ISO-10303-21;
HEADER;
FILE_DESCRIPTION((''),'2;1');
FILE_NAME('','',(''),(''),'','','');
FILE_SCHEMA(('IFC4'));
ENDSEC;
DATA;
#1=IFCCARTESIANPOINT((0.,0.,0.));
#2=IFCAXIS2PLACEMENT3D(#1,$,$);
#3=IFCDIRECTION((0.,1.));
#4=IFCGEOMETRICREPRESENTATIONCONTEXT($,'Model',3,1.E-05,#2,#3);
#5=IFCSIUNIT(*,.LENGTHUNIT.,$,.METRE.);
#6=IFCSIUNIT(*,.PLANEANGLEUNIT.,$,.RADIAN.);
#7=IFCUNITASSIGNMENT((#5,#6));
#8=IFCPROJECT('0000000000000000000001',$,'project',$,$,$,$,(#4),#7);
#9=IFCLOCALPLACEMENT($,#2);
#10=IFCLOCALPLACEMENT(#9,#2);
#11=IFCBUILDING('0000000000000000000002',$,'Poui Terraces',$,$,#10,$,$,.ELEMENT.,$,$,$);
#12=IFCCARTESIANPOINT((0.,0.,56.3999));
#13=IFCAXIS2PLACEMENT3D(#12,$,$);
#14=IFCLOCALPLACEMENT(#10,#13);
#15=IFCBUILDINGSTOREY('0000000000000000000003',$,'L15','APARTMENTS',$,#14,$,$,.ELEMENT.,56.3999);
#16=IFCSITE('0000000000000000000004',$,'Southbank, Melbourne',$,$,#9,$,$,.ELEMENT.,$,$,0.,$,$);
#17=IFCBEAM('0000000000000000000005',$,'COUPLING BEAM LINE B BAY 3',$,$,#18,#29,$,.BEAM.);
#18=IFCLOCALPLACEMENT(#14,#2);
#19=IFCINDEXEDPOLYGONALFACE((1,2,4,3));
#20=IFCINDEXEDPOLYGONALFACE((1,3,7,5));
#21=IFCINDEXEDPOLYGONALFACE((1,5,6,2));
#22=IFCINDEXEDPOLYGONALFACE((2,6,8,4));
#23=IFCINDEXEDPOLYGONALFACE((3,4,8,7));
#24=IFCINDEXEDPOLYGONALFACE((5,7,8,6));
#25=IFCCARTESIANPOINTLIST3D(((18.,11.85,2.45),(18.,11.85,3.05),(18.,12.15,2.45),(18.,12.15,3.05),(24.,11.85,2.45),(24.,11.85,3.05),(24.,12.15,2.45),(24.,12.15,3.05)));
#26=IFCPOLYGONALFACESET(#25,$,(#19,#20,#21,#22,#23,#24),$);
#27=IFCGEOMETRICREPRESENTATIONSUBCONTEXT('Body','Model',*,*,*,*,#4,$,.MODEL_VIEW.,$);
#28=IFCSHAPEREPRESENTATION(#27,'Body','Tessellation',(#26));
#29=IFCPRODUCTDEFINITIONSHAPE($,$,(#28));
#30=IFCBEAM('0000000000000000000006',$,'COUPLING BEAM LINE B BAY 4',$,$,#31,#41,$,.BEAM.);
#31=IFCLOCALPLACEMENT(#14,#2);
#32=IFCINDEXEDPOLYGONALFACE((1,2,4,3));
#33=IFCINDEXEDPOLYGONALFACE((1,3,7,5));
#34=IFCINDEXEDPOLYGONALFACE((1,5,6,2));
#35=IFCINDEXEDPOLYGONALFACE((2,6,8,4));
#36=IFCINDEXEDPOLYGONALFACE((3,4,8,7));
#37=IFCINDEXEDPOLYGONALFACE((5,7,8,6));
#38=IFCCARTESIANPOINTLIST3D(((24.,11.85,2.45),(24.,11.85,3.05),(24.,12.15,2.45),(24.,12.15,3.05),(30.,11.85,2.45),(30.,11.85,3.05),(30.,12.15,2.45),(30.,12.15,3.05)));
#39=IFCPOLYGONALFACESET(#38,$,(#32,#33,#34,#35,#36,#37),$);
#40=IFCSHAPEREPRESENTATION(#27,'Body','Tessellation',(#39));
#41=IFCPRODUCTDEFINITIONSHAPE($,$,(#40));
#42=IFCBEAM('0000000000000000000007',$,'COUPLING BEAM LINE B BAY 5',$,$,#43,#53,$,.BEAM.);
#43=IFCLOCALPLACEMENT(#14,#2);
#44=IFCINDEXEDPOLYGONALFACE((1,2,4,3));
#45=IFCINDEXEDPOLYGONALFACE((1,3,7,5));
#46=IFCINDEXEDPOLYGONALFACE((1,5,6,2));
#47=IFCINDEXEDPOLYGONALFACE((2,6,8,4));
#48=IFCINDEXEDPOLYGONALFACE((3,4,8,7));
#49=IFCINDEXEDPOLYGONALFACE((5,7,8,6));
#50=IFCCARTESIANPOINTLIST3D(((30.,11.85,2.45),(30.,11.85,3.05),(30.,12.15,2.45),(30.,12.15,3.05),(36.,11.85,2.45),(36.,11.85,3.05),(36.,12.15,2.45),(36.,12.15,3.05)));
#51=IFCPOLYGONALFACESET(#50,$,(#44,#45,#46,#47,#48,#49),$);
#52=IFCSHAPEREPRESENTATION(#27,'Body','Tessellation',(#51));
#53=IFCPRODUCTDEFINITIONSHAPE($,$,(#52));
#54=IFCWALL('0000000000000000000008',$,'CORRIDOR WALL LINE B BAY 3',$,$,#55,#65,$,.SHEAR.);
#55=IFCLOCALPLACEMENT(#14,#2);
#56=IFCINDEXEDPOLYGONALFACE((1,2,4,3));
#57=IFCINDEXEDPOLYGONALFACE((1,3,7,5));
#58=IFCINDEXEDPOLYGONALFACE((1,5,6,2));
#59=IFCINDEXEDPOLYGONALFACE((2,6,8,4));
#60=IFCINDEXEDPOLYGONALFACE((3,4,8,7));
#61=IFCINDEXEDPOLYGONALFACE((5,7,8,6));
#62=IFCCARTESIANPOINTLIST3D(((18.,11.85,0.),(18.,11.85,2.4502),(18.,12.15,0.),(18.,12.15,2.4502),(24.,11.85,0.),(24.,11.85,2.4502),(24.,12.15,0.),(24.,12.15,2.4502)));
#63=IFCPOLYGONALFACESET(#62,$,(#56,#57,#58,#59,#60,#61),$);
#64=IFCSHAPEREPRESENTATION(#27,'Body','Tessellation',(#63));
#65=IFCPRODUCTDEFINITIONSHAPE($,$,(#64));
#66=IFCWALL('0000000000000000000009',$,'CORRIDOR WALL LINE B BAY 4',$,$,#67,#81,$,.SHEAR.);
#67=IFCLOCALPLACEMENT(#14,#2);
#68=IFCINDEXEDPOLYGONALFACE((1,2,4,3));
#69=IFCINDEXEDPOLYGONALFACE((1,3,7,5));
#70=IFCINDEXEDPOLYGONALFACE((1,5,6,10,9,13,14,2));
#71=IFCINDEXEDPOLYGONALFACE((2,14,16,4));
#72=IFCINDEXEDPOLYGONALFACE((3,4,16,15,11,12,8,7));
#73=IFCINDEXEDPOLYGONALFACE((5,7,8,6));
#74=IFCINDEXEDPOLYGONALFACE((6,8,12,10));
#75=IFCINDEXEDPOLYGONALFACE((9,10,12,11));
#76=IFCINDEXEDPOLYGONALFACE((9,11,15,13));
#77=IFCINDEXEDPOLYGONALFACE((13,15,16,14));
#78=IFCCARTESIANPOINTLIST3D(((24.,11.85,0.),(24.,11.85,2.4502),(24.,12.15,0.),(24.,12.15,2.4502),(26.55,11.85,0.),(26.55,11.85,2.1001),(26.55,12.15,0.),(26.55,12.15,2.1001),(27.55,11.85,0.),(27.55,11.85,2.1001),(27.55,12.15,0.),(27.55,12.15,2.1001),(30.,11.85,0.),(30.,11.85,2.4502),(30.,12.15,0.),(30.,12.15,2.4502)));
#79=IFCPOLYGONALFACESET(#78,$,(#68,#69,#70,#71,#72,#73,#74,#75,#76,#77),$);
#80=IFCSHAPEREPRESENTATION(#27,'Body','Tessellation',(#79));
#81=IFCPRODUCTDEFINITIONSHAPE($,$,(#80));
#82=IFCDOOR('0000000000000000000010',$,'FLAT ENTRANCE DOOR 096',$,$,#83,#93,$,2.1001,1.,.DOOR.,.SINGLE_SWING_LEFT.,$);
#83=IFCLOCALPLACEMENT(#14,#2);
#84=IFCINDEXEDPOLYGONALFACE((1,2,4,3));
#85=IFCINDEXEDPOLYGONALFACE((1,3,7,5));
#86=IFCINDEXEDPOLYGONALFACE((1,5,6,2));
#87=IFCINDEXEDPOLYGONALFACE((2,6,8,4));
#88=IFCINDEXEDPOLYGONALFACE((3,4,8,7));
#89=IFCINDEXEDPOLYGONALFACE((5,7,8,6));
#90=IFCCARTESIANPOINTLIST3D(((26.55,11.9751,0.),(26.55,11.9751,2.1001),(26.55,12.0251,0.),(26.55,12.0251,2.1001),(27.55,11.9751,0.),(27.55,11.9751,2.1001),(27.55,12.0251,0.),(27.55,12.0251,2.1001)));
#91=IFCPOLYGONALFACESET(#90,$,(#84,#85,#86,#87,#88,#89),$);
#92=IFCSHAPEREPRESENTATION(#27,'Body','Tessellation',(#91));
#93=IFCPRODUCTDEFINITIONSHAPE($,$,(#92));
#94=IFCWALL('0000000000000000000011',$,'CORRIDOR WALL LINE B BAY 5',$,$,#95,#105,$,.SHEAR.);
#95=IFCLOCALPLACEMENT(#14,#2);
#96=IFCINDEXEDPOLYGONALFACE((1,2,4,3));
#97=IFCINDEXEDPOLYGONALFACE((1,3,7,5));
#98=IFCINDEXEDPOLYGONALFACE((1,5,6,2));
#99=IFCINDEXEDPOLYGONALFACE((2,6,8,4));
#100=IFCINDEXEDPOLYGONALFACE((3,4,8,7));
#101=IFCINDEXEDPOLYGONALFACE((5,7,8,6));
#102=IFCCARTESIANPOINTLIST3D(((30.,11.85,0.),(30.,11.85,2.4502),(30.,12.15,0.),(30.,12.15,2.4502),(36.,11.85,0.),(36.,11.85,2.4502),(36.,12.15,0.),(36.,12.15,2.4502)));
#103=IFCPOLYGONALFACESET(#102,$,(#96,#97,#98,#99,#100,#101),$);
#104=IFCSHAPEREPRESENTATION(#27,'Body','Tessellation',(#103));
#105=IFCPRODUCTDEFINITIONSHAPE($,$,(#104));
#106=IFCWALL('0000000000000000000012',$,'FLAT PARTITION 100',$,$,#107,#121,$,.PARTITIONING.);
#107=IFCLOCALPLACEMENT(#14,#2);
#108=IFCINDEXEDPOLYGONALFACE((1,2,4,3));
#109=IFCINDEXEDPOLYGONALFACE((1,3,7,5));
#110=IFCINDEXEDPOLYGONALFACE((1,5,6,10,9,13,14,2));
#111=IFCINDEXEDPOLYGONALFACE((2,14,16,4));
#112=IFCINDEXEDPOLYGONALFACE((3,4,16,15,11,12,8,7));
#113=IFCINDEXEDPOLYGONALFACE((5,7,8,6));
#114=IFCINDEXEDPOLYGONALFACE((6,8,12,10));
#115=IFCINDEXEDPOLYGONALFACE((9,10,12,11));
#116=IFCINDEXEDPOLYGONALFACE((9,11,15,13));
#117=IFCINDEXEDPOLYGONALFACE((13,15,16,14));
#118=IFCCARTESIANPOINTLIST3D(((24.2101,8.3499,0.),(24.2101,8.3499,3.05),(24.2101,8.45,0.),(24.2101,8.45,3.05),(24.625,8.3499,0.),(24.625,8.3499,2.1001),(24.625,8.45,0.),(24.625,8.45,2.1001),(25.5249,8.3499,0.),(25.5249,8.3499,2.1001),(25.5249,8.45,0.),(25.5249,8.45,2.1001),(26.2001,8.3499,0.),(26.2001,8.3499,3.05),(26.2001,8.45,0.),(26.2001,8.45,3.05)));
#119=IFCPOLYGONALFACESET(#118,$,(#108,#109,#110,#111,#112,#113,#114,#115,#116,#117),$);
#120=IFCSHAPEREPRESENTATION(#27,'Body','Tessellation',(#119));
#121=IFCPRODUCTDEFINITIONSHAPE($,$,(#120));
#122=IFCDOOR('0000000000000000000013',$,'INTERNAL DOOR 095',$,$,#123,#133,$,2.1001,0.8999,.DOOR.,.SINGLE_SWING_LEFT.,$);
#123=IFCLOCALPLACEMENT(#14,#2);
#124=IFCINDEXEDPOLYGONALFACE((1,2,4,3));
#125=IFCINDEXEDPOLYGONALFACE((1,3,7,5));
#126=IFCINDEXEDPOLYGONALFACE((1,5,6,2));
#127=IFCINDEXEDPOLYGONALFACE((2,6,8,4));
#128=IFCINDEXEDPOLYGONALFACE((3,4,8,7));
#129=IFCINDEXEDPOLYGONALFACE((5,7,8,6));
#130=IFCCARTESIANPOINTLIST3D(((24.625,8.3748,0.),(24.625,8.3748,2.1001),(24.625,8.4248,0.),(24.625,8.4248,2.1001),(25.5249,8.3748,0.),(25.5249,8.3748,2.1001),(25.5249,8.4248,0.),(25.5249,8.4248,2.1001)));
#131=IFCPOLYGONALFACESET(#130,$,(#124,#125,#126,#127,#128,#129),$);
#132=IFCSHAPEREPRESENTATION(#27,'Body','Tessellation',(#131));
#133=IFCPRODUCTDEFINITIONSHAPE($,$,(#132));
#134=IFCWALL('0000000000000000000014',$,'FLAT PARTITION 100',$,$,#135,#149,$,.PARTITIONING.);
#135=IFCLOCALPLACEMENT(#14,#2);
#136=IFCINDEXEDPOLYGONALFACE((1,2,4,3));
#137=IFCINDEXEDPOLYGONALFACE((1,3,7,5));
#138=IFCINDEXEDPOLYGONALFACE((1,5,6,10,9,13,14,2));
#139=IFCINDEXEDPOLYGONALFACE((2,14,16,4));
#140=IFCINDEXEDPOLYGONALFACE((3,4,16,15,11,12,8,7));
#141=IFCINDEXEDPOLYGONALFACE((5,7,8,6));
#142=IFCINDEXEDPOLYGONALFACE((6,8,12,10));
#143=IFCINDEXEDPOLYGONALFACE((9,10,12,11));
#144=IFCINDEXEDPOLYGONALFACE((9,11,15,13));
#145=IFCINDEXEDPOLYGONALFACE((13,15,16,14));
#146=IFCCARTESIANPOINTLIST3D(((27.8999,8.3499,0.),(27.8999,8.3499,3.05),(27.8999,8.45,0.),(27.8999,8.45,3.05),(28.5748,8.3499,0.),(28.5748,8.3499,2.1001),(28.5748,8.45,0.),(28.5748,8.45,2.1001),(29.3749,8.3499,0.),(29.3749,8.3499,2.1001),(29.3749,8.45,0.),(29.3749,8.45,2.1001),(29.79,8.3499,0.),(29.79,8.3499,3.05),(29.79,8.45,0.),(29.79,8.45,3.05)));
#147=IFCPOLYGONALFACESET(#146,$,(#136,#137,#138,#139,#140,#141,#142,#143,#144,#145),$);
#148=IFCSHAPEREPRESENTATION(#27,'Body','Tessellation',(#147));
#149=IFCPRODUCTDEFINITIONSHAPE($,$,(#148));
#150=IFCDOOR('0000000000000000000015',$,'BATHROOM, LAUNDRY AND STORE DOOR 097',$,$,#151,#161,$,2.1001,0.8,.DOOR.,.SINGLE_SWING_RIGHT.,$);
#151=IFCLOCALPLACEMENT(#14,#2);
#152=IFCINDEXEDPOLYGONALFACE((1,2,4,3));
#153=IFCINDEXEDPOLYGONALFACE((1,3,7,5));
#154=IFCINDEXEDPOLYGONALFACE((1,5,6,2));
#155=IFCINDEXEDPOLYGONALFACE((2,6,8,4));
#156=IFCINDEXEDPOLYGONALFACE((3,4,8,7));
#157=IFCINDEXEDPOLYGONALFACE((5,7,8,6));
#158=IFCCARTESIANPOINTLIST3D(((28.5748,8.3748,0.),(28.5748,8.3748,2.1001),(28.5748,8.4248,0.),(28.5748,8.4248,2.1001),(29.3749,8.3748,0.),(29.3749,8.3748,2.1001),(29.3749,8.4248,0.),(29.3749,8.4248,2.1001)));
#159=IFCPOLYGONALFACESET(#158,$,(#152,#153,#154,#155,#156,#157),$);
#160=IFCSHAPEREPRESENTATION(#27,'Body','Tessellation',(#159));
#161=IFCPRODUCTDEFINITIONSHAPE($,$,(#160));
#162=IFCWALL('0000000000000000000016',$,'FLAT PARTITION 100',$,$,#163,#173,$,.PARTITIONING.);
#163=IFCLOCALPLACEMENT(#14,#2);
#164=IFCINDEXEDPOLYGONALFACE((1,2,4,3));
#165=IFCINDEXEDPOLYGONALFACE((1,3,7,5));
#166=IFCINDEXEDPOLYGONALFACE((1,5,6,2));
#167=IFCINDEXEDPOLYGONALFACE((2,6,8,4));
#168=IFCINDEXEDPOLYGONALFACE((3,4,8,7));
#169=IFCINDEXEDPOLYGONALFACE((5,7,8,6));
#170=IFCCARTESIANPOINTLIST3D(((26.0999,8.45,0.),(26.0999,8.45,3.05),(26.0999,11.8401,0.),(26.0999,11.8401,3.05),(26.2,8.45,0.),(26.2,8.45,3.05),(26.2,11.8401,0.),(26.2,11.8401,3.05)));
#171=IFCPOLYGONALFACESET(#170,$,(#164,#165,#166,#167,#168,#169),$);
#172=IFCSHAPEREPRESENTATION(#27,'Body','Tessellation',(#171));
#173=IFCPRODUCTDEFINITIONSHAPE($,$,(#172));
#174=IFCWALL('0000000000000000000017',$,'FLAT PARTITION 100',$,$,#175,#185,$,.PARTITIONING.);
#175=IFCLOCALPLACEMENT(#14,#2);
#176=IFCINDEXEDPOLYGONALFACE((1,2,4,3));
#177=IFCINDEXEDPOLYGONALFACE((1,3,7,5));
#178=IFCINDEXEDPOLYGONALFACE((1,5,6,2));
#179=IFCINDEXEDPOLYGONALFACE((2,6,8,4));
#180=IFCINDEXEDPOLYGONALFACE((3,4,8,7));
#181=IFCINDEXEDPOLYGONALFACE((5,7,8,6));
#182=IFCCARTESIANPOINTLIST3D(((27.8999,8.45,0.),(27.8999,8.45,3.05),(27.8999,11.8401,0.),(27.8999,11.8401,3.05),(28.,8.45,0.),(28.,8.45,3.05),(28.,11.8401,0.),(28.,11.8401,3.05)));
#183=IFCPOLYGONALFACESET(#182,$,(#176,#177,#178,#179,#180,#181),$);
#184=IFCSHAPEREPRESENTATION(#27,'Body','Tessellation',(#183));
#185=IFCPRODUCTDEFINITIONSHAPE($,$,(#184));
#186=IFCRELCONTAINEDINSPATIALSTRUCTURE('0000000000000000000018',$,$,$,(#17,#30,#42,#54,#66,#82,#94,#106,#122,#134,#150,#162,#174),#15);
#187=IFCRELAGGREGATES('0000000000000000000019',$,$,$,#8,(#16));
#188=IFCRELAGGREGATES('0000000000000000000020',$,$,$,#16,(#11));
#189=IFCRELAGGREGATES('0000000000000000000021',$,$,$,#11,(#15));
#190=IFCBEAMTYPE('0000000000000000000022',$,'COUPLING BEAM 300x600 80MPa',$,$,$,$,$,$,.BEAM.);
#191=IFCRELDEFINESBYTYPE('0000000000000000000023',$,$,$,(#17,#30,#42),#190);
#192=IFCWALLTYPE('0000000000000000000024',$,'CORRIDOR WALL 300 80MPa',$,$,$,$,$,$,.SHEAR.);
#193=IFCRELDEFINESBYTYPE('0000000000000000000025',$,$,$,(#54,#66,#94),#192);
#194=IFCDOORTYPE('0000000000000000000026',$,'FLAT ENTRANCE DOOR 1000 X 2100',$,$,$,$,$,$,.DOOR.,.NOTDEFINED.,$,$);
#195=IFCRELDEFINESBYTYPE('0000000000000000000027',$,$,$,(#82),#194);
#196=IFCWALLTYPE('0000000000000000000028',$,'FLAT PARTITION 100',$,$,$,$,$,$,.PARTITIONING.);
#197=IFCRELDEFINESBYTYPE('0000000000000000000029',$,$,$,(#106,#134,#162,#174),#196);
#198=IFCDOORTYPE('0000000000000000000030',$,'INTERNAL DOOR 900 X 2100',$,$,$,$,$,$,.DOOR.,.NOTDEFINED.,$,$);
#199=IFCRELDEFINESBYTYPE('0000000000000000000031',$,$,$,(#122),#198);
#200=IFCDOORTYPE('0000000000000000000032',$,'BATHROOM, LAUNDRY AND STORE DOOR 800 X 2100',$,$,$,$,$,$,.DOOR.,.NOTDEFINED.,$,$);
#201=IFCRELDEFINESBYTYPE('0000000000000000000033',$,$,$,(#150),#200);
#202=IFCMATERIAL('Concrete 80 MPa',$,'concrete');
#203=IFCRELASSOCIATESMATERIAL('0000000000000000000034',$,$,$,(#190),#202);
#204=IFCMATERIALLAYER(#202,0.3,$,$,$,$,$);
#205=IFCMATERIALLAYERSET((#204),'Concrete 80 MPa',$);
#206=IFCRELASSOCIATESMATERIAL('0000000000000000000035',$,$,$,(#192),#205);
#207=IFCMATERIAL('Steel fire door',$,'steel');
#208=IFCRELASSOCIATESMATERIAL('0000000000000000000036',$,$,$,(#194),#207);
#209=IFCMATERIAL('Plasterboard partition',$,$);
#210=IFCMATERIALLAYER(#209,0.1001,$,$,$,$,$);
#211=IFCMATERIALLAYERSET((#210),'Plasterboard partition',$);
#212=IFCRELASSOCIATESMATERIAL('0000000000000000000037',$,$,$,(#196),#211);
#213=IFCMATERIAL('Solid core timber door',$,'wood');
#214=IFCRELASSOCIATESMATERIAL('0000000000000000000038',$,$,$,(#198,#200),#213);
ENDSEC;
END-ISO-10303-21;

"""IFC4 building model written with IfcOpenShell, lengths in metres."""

from ifc_helpers import new_model, si_unit, direction, frame, frame_2d, origin, origin_2d, place, context, subcontext, project, spatial, rectangle, extrude, source, transform, mapped, material, layer, layer_set, material_profile, profile_set, type_object, element, fill, save


model = new_model("IFC4")

# Units and contexts
model_context = context("Model", 3, precision=1e-05, world=origin(), true_north=direction((0.0, 1.0)))
body_context = subcontext(model_context, "Body", "Model", "MODEL_VIEW")
ifc_project = project(units=[si_unit("LENGTHUNIT", "METRE"), si_unit("PLANEANGLEUNIT", "RADIAN")], contexts=[model_context])

# Site, building, storey
site_placement = place(None, origin())
site = spatial("IfcSite", under=ifc_project, at=site_placement, Name="Southbank, Melbourne", CompositionType="ELEMENT", RefElevation=0.0)
building_placement = place(site_placement, origin())
building = spatial("IfcBuilding", under=site, at=building_placement, Name="Poui Terraces", CompositionType="ELEMENT")
storey_placement = place(building_placement, frame((0.0, 0.0, 56.3999)))
storey = spatial("IfcBuildingStorey", under=building, at=storey_placement, Name="L15", Description="APARTMENTS", CompositionType="ELEMENT", Elevation=56.3999)

# Beams
ifc_material_1 = material(Name="Concrete 80 MPa", Category="concrete")
ifc_material_profile = material_profile(ifc_material_1, rectangle(XDim=0.3, YDim=0.6001, at=origin_2d()), Name="RC 300x600")
ifc_profile_set = profile_set([ifc_material_profile], Name="Concrete 80 MPa")
beam_type = type_object("IfcBeamType", Name="COUPLING BEAM 300x600 80MPa", PredefinedType="BEAM", material=ifc_profile_set)
shared_shape = source(origin(), body_context, "Body", "SweptSolid", [
    extrude(rectangle(XDim=0.3, YDim=0.6001, at=origin_2d()), origin(), (0.0, 0.0, 1.0), 6.0),
])
for number, where, z_axis, x_axis, name in (
    (1, (18.0, 12.0, 2.75), (1.0, 0.0, 0.0), (0.0, 1.0, 0.0), "COUPLING BEAM LINE B BAY 3"),
    (2, (24.0, 12.0, 2.75), (1.0, 0.0, 0.0), (0.0, 1.0, 0.0), "COUPLING BEAM LINE B BAY 4"),
    (3, (30.0, 12.0, 2.75), (1.0, 0.0, 0.0), (0.0, 1.0, 0.0), "COUPLING BEAM LINE B BAY 5"),
):
    element("IfcBeam", number, at=place(storey_placement, frame(where, z_axis=z_axis, x_axis=x_axis)), inside=storey, type_object=beam_type, Name=name, PredefinedType="BEAM", context=body_context, shape_type="MappedRepresentation", body=[
        mapped(shared_shape, transform((0.0, 0.0, 0.0))),
    ])

# Wall
ifc_layer_1 = layer(ifc_material_1, 0.3)
ifc_layer_set_1 = layer_set([ifc_layer_1], Name="Concrete 80 MPa")
wall_type_1 = type_object("IfcWallType", Name="CORRIDOR WALL 300 80MPa", PredefinedType="SHEAR", material=ifc_layer_set_1)
wall_1_placement = place(storey_placement, frame((18.0, 12.0, 0.0), z_axis=(0.0, 0.0, 1.0), x_axis=(1.0, 0.0, 0.0)))
element("IfcWall", 4, at=wall_1_placement, inside=storey, type_object=wall_type_1, Name="CORRIDOR WALL LINE B BAY 3", PredefinedType="SHEAR", context=body_context, shape_type="SweptSolid", body=[
    extrude(rectangle(XDim=6.0, YDim=0.3, at=frame_2d((3.0, 0.0))), origin(), (0.0, 0.0, 1.0), 2.4502),
])

# Wall, opening, door
wall_2_placement = place(storey_placement, frame((24.0, 12.0, 0.0), z_axis=(0.0, 0.0, 1.0), x_axis=(1.0, 0.0, 0.0)))
wall_2 = element("IfcWall", 5, at=wall_2_placement, inside=storey, type_object=wall_type_1, Name="CORRIDOR WALL LINE B BAY 4", PredefinedType="SHEAR", context=body_context, shape_type="SweptSolid", body=[
    extrude(rectangle(XDim=6.0, YDim=0.3, at=frame_2d((3.0, 0.0))), origin(), (0.0, 0.0, 1.0), 2.4502),
])
opening_1_placement = place(wall_2_placement, frame((2.55, 0.0, 0.0)))
opening_1 = element("IfcOpeningElement", 6, at=opening_1_placement, cuts=wall_2, PredefinedType="OPENING", context=body_context, shape_type="SweptSolid", body=[
    extrude(rectangle(XDim=1.0, YDim=2.1001, at=frame_2d((0.5, 1.05))), frame((0.0, 0.1602, 0.0), z_axis=(0.0, -1.0, 0.0), x_axis=(1.0, 0.0, 0.0)), (0.0, 0.0, 1.0), 0.3201),
])
ifc_material_2 = material(Name="Steel fire door", Category="steel")
door_type_1 = type_object("IfcDoorType", Name="FLAT ENTRANCE DOOR 1000 X 2100", OperationType="NOTDEFINED", PredefinedType="DOOR", material=ifc_material_2)
door_1_placement = place(opening_1_placement, frame((1.0, 0.0, 0.0), z_axis=(0.0, 0.0, 1.0), x_axis=(-1.0, 0.0, 0.0)))
door_1 = element("IfcDoor", 7, at=door_1_placement, inside=storey, type_object=door_type_1, Name="FLAT ENTRANCE DOOR 096", OperationType="SINGLE_SWING_LEFT", OverallHeight=2.1001, OverallWidth=1.0, PredefinedType="DOOR", context=body_context, shape_type="SweptSolid", body=[
    extrude(rectangle(XDim=1.0, YDim=2.1001, at=frame_2d((0.5, 1.05))), frame((0.0, 0.0249, 0.0), z_axis=(0.0, -1.0, 0.0), x_axis=(1.0, 0.0, 0.0)), (0.0, 0.0, 1.0), 0.05),
])
fill(opening_1, door_1)

# Wall
wall_3_placement = place(storey_placement, frame((30.0, 12.0, 0.0), z_axis=(0.0, 0.0, 1.0), x_axis=(1.0, 0.0, 0.0)))
element("IfcWall", 8, at=wall_3_placement, inside=storey, type_object=wall_type_1, Name="CORRIDOR WALL LINE B BAY 5", PredefinedType="SHEAR", context=body_context, shape_type="SweptSolid", body=[
    extrude(rectangle(XDim=6.0, YDim=0.3, at=frame_2d((3.0, 0.0))), origin(), (0.0, 0.0, 1.0), 2.4502),
])

# Walls, openings, doors
ifc_material_3 = material(Name="Plasterboard partition")
ifc_layer_2 = layer(ifc_material_3, 0.1001)
ifc_layer_set_2 = layer_set([ifc_layer_2], Name="Plasterboard partition")
wall_type_2 = type_object("IfcWallType", Name="FLAT PARTITION 100", PredefinedType="PARTITIONING", material=ifc_layer_set_2)
wall_4_placement = place(storey_placement, frame((24.21, 8.3999, 0.0), z_axis=(0.0, 0.0, 1.0), x_axis=(1.0, 0.0, 0.0)))
wall_4 = element("IfcWall", 9, at=wall_4_placement, inside=storey, type_object=wall_type_2, Name="FLAT PARTITION 100", PredefinedType="PARTITIONING", context=body_context, shape_type="SweptSolid", body=[
    extrude(rectangle(XDim=1.99, YDim=0.1001, at=frame_2d((0.9951, 0.0))), origin(), (0.0, 0.0, 1.0), 3.05),
])
opening_2_placement = place(wall_4_placement, frame((0.415, 0.0, 0.0)))
opening_2 = element("IfcOpeningElement", 10, at=opening_2_placement, cuts=wall_4, PredefinedType="OPENING", context=body_context, shape_type="SweptSolid", body=[
    extrude(rectangle(XDim=0.8999, YDim=2.1001, at=frame_2d((0.45, 1.05))), frame((0.0, 0.0601, 0.0), z_axis=(0.0, -1.0, 0.0), x_axis=(1.0, 0.0, 0.0)), (0.0, 0.0, 1.0), 0.1201),
])
ifc_material_4 = material(Name="Solid core timber door", Category="wood")
door_type_2 = type_object("IfcDoorType", Name="INTERNAL DOOR 900 X 2100", OperationType="NOTDEFINED", PredefinedType="DOOR", material=ifc_material_4)
door_2_placement = place(opening_2_placement, origin())
door_2 = element("IfcDoor", 11, at=door_2_placement, inside=storey, type_object=door_type_2, Name="INTERNAL DOOR 095", OperationType="SINGLE_SWING_LEFT", OverallHeight=2.1001, OverallWidth=0.8999, PredefinedType="DOOR", context=body_context, shape_type="SweptSolid", body=[
    extrude(rectangle(XDim=0.8999, YDim=2.1001, at=frame_2d((0.45, 1.05))), frame((0.0, 0.0249, 0.0), z_axis=(0.0, -1.0, 0.0), x_axis=(1.0, 0.0, 0.0)), (0.0, 0.0, 1.0), 0.05),
])
fill(opening_2, door_2)
wall_5_placement = place(storey_placement, frame((27.8999, 8.3999, 0.0), z_axis=(0.0, 0.0, 1.0), x_axis=(1.0, 0.0, 0.0)))
wall_5 = element("IfcWall", 12, at=wall_5_placement, inside=storey, type_object=wall_type_2, Name="FLAT PARTITION 100", PredefinedType="PARTITIONING", context=body_context, shape_type="SweptSolid", body=[
    extrude(rectangle(XDim=1.8901, YDim=0.1001, at=frame_2d((0.9451, 0.0))), origin(), (0.0, 0.0, 1.0), 3.05),
])
opening_3_placement = place(wall_5_placement, frame((0.675, 0.0, 0.0)))
opening_3 = element("IfcOpeningElement", 13, at=opening_3_placement, cuts=wall_5, PredefinedType="OPENING", context=body_context, shape_type="SweptSolid", body=[
    extrude(rectangle(XDim=0.8, YDim=2.1001, at=frame_2d((0.3999, 1.05))), frame((0.0, 0.0601, 0.0), z_axis=(0.0, -1.0, 0.0), x_axis=(1.0, 0.0, 0.0)), (0.0, 0.0, 1.0), 0.1201),
])
door_type_3 = type_object("IfcDoorType", Name="BATHROOM, LAUNDRY AND STORE DOOR 800 X 2100", OperationType="NOTDEFINED", PredefinedType="DOOR", material=ifc_material_4)
door_3_placement = place(opening_3_placement, origin())
door_3 = element("IfcDoor", 14, at=door_3_placement, inside=storey, type_object=door_type_3, Name="BATHROOM, LAUNDRY AND STORE DOOR 097", OperationType="SINGLE_SWING_RIGHT", OverallHeight=2.1001, OverallWidth=0.8, PredefinedType="DOOR", context=body_context, shape_type="SweptSolid", body=[
    extrude(rectangle(XDim=0.8, YDim=2.1001, at=frame_2d((0.3999, 1.05))), frame((0.0, 0.0249, 0.0), z_axis=(0.0, -1.0, 0.0), x_axis=(1.0, 0.0, 0.0)), (0.0, 0.0, 1.0), 0.05),
])
fill(opening_3, door_3)

# Walls
for number, where, z_axis, x_axis, name in (
    (15, (26.1499, 8.45, 0.0), (0.0, 0.0, 1.0), (0.0, 1.0, 0.0), "FLAT PARTITION 100"),
    (16, (27.95, 8.45, 0.0), (0.0, 0.0, 1.0), (0.0, 1.0, 0.0), "FLAT PARTITION 100"),
):
    element("IfcWall", number, at=place(storey_placement, frame(where, z_axis=z_axis, x_axis=x_axis)), inside=storey, type_object=wall_type_2, Name=name, PredefinedType="PARTITIONING", context=body_context, shape_type="SweptSolid", body=[
        extrude(rectangle(XDim=3.3901, YDim=0.1001, at=frame_2d((1.6951, 0.0))), origin(), (0.0, 0.0, 1.0), 3.05),
    ])

save(model, "model.ifc")
